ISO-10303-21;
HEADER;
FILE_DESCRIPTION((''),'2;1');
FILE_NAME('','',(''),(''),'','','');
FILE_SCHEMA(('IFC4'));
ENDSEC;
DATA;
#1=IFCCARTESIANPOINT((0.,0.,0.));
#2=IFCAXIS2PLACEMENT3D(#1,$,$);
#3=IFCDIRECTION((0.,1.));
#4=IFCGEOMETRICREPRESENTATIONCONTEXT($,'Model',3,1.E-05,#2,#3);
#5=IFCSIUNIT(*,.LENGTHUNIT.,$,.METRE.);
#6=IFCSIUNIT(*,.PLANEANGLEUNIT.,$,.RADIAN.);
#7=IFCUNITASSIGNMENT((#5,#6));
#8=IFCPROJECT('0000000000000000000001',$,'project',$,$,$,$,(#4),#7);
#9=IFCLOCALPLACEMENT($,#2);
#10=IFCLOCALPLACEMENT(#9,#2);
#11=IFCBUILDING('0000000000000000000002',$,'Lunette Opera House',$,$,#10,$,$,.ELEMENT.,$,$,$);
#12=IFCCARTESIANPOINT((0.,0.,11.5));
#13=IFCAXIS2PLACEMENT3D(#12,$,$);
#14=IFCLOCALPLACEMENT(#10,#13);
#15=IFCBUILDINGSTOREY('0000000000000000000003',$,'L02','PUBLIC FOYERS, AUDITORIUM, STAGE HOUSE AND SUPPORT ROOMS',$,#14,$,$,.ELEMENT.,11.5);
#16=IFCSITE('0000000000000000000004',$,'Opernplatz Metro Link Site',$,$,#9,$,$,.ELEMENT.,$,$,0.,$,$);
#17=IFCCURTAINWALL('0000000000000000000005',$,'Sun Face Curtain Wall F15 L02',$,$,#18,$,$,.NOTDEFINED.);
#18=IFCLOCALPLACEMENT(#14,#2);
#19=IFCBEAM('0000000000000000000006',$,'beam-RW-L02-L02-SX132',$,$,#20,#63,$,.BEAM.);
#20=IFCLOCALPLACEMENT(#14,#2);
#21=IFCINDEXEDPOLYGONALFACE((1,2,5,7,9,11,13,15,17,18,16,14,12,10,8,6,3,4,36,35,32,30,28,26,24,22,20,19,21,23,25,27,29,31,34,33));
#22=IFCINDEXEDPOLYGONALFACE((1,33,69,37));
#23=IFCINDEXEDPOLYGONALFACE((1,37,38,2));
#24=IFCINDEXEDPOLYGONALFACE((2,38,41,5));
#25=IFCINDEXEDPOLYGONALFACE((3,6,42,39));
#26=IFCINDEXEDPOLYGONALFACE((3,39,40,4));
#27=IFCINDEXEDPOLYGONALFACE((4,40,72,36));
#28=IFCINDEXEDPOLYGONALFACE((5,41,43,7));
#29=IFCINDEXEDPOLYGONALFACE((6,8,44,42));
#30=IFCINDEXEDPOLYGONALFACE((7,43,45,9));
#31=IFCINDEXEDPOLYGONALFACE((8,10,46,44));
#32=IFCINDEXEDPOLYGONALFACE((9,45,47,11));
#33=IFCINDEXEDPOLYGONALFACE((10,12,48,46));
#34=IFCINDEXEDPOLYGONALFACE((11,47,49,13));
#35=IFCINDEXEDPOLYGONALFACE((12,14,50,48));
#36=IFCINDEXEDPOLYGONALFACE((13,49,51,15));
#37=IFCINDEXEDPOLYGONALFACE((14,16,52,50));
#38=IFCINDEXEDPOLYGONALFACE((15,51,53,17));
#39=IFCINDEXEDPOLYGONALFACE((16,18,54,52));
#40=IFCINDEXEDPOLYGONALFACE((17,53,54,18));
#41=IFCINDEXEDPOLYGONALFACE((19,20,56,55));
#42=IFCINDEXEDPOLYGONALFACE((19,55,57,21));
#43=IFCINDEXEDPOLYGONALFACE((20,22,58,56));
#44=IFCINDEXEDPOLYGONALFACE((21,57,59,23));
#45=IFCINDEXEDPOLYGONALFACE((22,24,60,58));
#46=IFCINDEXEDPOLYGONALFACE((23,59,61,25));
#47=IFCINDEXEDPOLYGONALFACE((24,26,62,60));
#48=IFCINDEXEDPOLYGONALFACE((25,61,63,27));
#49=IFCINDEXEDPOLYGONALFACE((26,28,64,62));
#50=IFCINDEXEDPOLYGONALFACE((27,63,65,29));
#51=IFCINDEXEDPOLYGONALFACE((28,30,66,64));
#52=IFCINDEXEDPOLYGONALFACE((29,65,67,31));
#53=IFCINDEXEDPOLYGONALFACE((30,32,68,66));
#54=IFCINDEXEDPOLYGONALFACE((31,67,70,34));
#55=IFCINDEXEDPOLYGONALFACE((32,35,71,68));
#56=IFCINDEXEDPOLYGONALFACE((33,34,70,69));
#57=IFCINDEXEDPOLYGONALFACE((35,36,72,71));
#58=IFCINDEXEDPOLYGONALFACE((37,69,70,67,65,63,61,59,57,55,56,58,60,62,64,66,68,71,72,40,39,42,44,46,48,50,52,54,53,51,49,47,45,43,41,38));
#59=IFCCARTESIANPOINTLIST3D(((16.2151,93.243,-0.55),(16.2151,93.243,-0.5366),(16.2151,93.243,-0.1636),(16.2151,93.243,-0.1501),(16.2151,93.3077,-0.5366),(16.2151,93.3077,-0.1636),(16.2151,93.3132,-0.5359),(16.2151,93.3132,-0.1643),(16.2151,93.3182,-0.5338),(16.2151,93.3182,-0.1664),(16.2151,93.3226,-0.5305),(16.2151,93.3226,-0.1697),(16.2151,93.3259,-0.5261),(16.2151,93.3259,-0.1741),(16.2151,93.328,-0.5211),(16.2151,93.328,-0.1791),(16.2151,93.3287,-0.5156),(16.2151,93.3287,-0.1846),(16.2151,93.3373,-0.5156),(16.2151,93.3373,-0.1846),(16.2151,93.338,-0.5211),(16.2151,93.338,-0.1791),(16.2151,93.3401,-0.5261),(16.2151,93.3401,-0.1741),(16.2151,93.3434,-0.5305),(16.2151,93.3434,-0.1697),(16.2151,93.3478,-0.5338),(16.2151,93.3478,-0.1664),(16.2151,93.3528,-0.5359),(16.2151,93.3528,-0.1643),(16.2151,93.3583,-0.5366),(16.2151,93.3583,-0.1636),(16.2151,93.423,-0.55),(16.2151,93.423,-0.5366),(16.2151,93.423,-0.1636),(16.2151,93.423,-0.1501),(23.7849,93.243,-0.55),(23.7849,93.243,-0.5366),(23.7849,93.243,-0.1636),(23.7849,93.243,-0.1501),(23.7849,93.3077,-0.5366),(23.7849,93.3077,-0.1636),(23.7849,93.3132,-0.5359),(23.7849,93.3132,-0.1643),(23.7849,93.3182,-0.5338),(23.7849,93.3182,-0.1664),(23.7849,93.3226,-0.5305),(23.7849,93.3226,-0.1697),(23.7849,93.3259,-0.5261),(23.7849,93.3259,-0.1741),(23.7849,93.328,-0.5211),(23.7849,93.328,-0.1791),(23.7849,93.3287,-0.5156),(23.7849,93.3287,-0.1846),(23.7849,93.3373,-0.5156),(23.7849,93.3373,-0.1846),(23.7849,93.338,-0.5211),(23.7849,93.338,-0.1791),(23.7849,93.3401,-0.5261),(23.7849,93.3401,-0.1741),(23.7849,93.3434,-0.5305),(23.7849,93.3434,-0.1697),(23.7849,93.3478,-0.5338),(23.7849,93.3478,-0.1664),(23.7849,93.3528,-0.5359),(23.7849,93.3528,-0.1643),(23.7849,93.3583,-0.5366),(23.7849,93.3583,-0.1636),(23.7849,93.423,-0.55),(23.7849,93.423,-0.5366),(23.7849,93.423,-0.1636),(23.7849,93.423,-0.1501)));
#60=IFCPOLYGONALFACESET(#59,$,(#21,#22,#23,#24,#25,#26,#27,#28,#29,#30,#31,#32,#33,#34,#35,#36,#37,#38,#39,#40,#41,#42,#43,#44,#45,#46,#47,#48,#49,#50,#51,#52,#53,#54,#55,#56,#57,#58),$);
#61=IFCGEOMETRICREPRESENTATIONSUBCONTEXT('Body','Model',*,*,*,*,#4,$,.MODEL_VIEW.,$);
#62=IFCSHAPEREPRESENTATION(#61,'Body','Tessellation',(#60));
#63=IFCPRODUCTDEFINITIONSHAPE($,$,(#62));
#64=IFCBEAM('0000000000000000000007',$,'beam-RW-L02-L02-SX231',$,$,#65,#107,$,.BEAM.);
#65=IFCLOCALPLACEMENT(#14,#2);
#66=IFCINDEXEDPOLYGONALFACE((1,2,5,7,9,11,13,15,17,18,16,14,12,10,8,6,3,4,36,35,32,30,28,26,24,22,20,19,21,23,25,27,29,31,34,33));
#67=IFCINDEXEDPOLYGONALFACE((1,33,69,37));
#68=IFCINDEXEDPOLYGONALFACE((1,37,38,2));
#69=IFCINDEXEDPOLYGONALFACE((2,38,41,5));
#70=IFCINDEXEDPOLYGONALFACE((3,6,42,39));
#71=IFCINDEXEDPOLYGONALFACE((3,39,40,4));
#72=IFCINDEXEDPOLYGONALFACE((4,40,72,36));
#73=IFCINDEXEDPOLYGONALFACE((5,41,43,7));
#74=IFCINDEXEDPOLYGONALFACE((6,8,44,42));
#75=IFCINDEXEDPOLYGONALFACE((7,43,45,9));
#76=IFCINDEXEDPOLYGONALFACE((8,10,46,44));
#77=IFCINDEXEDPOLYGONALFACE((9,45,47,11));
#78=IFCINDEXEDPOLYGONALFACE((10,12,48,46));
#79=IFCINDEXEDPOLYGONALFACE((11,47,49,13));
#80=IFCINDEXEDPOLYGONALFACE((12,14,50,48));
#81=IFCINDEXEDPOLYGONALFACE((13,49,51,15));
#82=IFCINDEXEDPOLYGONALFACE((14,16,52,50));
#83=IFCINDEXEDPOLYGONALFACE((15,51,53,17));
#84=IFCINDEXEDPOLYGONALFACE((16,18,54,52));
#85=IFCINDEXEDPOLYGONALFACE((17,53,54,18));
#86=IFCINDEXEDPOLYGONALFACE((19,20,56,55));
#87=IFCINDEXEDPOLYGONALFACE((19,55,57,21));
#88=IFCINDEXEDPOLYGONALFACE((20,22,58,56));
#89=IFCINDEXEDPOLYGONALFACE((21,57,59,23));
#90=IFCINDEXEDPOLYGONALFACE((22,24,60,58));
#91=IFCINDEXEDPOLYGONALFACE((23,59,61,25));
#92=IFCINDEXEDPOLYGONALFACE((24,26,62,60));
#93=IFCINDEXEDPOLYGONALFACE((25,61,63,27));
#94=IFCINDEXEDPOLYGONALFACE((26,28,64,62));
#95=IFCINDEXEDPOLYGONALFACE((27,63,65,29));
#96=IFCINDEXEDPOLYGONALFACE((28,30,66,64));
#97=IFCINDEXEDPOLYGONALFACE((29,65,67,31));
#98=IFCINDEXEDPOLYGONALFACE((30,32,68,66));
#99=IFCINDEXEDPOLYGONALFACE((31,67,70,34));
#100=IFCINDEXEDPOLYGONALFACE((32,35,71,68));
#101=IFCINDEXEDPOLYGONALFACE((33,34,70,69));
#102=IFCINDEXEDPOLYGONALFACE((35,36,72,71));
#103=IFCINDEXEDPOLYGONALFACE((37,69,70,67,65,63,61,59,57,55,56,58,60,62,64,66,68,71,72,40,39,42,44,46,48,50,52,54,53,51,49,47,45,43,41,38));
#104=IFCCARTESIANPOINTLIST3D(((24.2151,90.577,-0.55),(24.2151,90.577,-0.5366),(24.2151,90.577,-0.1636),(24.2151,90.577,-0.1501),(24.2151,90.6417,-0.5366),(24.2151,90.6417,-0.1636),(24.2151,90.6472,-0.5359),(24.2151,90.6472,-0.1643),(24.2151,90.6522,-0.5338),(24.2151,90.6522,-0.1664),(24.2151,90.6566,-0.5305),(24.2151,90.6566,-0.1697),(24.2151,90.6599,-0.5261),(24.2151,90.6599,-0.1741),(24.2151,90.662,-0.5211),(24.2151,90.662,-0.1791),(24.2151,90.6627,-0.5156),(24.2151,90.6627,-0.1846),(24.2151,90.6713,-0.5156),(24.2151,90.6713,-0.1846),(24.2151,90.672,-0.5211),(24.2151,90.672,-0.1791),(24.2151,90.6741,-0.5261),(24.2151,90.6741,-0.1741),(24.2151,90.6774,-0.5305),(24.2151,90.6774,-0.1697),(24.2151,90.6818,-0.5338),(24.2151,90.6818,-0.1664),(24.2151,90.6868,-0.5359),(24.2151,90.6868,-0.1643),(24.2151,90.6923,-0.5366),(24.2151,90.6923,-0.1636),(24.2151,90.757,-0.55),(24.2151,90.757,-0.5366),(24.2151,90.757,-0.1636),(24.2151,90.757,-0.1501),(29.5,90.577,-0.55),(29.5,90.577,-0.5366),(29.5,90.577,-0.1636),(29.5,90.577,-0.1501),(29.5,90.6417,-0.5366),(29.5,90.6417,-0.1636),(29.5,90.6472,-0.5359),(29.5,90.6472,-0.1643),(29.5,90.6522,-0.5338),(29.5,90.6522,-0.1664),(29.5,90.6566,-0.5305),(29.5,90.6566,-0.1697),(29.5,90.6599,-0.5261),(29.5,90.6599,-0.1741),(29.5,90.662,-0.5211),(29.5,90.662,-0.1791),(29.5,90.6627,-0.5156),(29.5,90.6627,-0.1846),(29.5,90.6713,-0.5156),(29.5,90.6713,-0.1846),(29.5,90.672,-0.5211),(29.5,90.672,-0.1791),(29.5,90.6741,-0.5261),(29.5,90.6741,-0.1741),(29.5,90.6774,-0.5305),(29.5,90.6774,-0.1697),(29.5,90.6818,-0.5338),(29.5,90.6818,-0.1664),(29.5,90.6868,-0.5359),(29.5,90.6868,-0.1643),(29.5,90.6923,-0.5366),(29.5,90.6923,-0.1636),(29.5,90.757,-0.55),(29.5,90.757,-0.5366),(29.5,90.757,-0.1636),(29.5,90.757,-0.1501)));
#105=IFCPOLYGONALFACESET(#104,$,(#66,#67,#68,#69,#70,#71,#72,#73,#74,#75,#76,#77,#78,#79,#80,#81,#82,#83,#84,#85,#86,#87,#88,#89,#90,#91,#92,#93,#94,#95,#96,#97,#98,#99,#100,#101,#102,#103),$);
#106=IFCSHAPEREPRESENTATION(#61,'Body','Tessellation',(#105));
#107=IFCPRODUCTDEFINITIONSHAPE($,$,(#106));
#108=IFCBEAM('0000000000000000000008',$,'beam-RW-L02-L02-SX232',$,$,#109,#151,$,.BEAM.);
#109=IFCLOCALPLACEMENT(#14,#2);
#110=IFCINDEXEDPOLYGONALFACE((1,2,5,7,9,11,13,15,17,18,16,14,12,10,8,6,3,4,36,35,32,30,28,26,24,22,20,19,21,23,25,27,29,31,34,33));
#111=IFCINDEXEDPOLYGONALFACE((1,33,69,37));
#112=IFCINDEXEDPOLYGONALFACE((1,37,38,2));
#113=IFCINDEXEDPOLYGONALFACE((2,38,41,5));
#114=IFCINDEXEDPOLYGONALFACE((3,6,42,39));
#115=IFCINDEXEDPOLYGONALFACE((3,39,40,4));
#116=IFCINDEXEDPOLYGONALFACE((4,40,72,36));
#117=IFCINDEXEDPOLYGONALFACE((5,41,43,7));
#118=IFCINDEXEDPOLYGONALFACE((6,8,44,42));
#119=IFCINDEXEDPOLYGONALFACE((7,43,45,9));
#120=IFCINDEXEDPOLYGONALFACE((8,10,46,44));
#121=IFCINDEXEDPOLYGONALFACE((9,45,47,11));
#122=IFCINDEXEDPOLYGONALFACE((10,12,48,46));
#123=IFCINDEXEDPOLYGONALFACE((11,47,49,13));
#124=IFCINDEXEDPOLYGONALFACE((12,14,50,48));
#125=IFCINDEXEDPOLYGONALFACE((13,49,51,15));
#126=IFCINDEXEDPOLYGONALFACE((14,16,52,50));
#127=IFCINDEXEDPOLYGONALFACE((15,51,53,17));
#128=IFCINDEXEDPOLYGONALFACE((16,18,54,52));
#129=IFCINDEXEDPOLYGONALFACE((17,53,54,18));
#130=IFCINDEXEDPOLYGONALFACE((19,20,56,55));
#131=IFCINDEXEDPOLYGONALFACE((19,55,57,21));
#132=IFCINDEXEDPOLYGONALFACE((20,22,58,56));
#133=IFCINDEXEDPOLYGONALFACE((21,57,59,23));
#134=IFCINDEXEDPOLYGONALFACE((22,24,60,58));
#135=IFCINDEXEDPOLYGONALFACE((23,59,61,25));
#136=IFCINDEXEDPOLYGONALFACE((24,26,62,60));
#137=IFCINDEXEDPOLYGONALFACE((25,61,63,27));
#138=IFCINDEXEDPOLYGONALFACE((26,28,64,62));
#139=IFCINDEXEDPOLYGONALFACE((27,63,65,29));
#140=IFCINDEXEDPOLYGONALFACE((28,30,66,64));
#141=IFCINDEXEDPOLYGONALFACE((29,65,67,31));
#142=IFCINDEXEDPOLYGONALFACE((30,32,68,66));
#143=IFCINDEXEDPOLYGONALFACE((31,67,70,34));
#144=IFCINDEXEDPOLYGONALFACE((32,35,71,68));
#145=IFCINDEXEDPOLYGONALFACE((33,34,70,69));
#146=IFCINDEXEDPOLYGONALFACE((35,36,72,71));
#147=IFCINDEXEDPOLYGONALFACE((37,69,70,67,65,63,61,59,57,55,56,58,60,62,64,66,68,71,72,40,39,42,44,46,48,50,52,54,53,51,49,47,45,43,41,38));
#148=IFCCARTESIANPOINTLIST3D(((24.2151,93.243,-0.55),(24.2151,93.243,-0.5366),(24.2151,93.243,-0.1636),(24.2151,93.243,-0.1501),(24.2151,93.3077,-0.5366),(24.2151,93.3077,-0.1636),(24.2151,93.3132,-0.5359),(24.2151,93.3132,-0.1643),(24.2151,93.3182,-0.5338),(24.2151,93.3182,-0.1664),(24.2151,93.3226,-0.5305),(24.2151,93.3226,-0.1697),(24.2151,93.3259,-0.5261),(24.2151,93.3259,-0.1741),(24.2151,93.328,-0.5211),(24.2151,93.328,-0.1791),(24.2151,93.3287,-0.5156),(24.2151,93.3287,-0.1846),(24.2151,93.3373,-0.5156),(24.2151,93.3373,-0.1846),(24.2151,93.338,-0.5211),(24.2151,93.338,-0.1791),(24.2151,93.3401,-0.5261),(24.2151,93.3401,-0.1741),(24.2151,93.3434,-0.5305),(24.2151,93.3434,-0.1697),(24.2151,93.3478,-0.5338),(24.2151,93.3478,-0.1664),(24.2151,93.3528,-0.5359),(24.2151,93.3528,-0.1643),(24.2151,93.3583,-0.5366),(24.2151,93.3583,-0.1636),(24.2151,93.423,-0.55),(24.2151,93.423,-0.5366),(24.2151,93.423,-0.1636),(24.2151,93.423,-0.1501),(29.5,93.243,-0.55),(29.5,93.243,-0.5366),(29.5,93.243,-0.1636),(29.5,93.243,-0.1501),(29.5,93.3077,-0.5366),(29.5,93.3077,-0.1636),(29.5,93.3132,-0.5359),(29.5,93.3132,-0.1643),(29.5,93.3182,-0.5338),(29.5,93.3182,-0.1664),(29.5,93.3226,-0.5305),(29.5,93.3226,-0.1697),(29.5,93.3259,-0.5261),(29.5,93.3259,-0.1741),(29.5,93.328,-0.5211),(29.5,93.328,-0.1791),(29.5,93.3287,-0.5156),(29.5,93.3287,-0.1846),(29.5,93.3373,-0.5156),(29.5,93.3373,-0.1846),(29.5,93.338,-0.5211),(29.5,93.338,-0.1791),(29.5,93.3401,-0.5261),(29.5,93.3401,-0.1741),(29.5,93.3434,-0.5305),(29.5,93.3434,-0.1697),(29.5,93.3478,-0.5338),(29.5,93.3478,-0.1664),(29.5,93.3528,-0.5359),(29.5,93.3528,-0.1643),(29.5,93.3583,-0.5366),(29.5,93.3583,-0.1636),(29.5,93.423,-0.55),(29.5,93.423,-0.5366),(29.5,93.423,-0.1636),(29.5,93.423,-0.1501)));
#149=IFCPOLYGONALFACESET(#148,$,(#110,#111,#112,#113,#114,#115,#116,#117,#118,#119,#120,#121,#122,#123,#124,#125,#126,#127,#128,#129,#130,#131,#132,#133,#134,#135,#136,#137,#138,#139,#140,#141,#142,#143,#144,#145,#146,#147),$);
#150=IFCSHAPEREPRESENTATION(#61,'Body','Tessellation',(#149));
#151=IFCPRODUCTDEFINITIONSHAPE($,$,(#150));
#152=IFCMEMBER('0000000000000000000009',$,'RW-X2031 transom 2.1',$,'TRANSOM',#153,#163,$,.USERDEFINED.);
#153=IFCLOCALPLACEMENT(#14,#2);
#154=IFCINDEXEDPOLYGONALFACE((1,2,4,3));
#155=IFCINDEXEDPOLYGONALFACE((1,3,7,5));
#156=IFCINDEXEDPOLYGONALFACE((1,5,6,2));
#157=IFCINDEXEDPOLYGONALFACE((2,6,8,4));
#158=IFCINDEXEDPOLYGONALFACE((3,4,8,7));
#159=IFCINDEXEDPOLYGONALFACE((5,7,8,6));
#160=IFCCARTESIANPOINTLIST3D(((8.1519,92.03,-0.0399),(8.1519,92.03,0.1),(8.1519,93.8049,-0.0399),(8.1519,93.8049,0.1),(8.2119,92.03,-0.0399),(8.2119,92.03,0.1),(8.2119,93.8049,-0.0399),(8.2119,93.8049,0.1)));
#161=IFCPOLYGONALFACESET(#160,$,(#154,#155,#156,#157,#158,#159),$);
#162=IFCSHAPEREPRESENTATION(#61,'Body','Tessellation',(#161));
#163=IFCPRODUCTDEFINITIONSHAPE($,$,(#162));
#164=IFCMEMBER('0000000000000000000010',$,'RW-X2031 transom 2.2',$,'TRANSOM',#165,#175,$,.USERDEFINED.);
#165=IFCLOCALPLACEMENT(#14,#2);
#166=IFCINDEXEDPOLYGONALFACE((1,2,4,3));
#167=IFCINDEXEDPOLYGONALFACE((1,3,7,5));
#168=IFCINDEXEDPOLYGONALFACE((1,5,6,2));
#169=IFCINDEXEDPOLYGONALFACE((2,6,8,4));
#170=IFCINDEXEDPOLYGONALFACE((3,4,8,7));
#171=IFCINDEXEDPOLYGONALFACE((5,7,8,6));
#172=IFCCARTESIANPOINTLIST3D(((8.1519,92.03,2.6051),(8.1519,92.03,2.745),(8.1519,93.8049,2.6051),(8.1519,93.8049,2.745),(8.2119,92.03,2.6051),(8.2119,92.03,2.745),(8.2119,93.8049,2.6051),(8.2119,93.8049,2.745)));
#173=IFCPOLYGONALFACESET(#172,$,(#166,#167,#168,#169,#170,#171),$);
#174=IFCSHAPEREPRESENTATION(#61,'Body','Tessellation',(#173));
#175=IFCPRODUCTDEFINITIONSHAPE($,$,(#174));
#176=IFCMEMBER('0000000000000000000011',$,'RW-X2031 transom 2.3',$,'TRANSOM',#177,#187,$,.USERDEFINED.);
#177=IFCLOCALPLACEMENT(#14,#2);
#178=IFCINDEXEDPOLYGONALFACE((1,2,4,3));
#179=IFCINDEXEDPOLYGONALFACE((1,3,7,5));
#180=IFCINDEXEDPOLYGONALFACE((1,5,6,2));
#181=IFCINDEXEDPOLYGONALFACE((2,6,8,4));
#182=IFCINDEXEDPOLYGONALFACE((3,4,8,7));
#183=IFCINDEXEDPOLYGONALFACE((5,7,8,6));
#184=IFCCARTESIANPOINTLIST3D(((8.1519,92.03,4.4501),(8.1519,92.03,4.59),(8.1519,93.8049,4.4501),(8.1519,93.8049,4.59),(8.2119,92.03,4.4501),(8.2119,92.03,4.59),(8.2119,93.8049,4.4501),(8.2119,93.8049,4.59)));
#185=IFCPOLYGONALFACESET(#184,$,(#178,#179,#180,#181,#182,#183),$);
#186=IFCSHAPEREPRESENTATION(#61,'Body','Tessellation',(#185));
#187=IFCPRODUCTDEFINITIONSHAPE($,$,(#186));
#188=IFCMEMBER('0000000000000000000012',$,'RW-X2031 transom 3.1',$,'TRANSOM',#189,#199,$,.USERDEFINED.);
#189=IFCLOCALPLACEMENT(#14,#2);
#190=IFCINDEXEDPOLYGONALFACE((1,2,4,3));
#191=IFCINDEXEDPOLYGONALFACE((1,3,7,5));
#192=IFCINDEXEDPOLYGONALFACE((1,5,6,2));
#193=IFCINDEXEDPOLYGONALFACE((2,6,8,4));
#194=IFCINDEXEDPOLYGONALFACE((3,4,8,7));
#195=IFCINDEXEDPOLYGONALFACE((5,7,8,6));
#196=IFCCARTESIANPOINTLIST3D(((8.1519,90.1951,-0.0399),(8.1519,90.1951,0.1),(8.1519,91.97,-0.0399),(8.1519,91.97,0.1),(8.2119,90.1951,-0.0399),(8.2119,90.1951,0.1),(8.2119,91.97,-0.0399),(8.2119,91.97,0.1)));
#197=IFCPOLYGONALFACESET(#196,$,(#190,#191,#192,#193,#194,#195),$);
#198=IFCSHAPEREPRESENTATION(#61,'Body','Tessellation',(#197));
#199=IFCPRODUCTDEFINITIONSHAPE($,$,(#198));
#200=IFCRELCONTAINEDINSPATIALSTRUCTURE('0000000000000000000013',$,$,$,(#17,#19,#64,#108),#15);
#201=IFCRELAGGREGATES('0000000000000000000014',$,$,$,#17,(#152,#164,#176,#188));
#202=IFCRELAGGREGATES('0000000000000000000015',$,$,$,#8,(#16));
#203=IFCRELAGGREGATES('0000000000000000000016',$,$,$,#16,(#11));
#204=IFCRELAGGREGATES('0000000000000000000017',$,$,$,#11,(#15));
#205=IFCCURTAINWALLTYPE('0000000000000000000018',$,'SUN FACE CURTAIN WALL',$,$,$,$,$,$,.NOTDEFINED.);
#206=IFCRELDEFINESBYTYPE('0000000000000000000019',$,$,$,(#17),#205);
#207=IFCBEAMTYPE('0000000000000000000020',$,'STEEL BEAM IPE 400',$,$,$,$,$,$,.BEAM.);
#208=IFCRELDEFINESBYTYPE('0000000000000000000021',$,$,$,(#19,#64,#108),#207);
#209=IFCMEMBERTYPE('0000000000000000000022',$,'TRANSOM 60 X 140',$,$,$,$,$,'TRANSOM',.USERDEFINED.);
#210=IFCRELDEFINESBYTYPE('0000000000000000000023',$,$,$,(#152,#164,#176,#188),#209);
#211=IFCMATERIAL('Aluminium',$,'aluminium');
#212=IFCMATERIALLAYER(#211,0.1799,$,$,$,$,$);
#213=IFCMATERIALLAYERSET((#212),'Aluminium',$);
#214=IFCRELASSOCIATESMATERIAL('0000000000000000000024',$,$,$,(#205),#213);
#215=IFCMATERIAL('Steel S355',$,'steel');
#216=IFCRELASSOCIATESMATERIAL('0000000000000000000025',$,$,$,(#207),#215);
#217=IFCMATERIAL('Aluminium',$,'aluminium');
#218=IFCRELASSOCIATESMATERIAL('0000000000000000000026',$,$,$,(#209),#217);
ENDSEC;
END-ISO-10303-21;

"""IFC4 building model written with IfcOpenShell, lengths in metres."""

from ifc_helpers import new_model, si_unit, direction, frame, origin, origin_2d, place, context, subcontext, project, spatial, rectangle, i_section, extrude, material, layer, layer_set, material_profile, profile_set, type_object, element, aggregate, save


model = new_model("IFC4")

# Units and contexts
model_context = context("Model", 3, precision=1e-05, world=origin(), true_north=direction((0.0, 1.0)))
body_context = subcontext(model_context, "Body", "Model", "MODEL_VIEW")
ifc_project = project(units=[si_unit("LENGTHUNIT", "METRE"), si_unit("PLANEANGLEUNIT", "RADIAN")], contexts=[model_context])

# Site, building, storey
site_placement = place(None, origin())
site = spatial("IfcSite", under=ifc_project, at=site_placement, Name="Opernplatz Metro Link Site", CompositionType="ELEMENT", RefElevation=0.0)
building_placement = place(site_placement, origin())
building = spatial("IfcBuilding", under=site, at=building_placement, Name="Lunette Opera House", CompositionType="ELEMENT")
storey_placement = place(building_placement, frame((0.0, 0.0, 11.5)))
storey = spatial("IfcBuildingStorey", under=building, at=storey_placement, Name="L02", Description="PUBLIC FOYERS, AUDITORIUM, STAGE HOUSE AND SUPPORT ROOMS", CompositionType="ELEMENT", Elevation=11.5)

# Curtain wall
ifc_material_1 = material(Name="Aluminium", Category="aluminium")
ifc_layer_1 = layer(ifc_material_1, 0.1799)
ifc_layer_set_1 = layer_set([ifc_layer_1], Name="Aluminium")
curtain_wall_type = type_object("IfcCurtainWallType", Name="SUN FACE CURTAIN WALL", PredefinedType="NOTDEFINED", material=ifc_layer_set_1)
curtain_wall_placement = place(storey_placement, origin())
curtain_wall = element("IfcCurtainWall", 1, at=curtain_wall_placement, inside=storey, type_object=curtain_wall_type, Name="Sun Face Curtain Wall F15 L02", PredefinedType="NOTDEFINED")

# Beams
ifc_material_2 = material(Name="Steel S355", Category="steel")
ifc_material_profile_1 = material_profile(ifc_material_2, i_section(OverallWidth=0.1799, OverallDepth=0.3999, WebThickness=0.0085, FlangeThickness=0.0134, FilletRadius=0.021, at=origin_2d()), Name="IPE 400")
ifc_profile_set_1 = profile_set([ifc_material_profile_1], Name="Steel S355")
beam_type = type_object("IfcBeamType", Name="STEEL BEAM IPE 400", PredefinedType="BEAM", material=ifc_profile_set_1)
for number, where, z_axis, x_axis, name in (
    (2, (16.2151, 93.333, -0.3501), (1.0, 0.0, 0.0), (0.0, 1.0, 0.0), "beam-RW-L02-L02-SX132"),
):
    element("IfcBeam", number, at=place(storey_placement, frame(where, z_axis=z_axis, x_axis=x_axis)), inside=storey, type_object=beam_type, Name=name, PredefinedType="BEAM", context=body_context, shape_type="SweptSolid", body=[
        extrude(i_section(OverallWidth=0.1799, OverallDepth=0.3999, WebThickness=0.0085, FlangeThickness=0.0134, FilletRadius=0.021, at=origin_2d()), origin(), (0.0, 0.0, 1.0), 7.5698),
    ])
for number, where, z_axis, x_axis, name in (
    (3, (24.2151, 90.667, -0.3501), (1.0, 0.0, 0.0), (0.0, 1.0, 0.0), "beam-RW-L02-L02-SX231"),
    (4, (24.2151, 93.333, -0.3501), (1.0, 0.0, 0.0), (0.0, 1.0, 0.0), "beam-RW-L02-L02-SX232"),
):
    element("IfcBeam", number, at=place(storey_placement, frame(where, z_axis=z_axis, x_axis=x_axis)), inside=storey, type_object=beam_type, Name=name, PredefinedType="BEAM", context=body_context, shape_type="SweptSolid", body=[
        extrude(i_section(OverallWidth=0.1799, OverallDepth=0.3999, WebThickness=0.0085, FlangeThickness=0.0134, FilletRadius=0.021, at=origin_2d()), origin(), (0.0, 0.0, 1.0), 5.2849),
    ])

# Members
ifc_material_3 = material(Name="Aluminium", Category="aluminium")
ifc_material_profile_2 = material_profile(ifc_material_3, rectangle(XDim=0.0601, YDim=0.1399, at=origin_2d()), Name="TRANSOM 60 X 140")
ifc_profile_set_2 = profile_set([ifc_material_profile_2], Name="Aluminium")
member_type_1 = type_object("IfcMemberType", Name="TRANSOM 60 X 140", ElementType="TRANSOM", PredefinedType="USERDEFINED", material=ifc_profile_set_2)
member_1_placement = place(storey_placement, frame((8.1819, 93.8049, 0.03), z_axis=(0.0, -1.0, 0.0), x_axis=(1.0, 0.0, 0.0)))
member_1 = element("IfcMember", 5, at=member_1_placement, type_object=member_type_1, Name="RW-X2031 transom 2.1", ObjectType="TRANSOM", PredefinedType="USERDEFINED", context=body_context, shape_type="SweptSolid", body=[
    extrude(rectangle(XDim=0.0601, YDim=0.1399, at=origin_2d()), origin(), (0.0, 0.0, 1.0), 1.7749),
])
member_2_placement = place(storey_placement, frame((8.1819, 93.8049, 2.675), z_axis=(0.0, -1.0, 0.0), x_axis=(1.0, 0.0, 0.0)))
member_2 = element("IfcMember", 6, at=member_2_placement, type_object=member_type_1, Name="RW-X2031 transom 2.2", ObjectType="TRANSOM", PredefinedType="USERDEFINED", context=body_context, shape_type="SweptSolid", body=[
    extrude(rectangle(XDim=0.0601, YDim=0.1399, at=origin_2d()), origin(), (0.0, 0.0, 1.0), 1.7749),
])
member_3_placement = place(storey_placement, frame((8.1819, 93.8049, 4.52), z_axis=(0.0, -1.0, 0.0), x_axis=(1.0, 0.0, 0.0)))
member_3 = element("IfcMember", 7, at=member_3_placement, type_object=member_type_1, Name="RW-X2031 transom 2.3", ObjectType="TRANSOM", PredefinedType="USERDEFINED", context=body_context, shape_type="SweptSolid", body=[
    extrude(rectangle(XDim=0.0601, YDim=0.1399, at=origin_2d()), origin(), (0.0, 0.0, 1.0), 1.7749),
])
member_4_placement = place(storey_placement, frame((8.1819, 91.97, 0.03), z_axis=(0.0, -1.0, 0.0), x_axis=(1.0, 0.0, 0.0)))
member_4 = element("IfcMember", 8, at=member_4_placement, type_object=member_type_1, Name="RW-X2031 transom 3.1", ObjectType="TRANSOM", PredefinedType="USERDEFINED", context=body_context, shape_type="SweptSolid", body=[
    extrude(rectangle(XDim=0.0601, YDim=0.1399, at=origin_2d()), origin(), (0.0, 0.0, 1.0), 1.7749),
])

aggregate(curtain_wall, [member_1, member_2, member_3, member_4])

save(model, "model.ifc")
